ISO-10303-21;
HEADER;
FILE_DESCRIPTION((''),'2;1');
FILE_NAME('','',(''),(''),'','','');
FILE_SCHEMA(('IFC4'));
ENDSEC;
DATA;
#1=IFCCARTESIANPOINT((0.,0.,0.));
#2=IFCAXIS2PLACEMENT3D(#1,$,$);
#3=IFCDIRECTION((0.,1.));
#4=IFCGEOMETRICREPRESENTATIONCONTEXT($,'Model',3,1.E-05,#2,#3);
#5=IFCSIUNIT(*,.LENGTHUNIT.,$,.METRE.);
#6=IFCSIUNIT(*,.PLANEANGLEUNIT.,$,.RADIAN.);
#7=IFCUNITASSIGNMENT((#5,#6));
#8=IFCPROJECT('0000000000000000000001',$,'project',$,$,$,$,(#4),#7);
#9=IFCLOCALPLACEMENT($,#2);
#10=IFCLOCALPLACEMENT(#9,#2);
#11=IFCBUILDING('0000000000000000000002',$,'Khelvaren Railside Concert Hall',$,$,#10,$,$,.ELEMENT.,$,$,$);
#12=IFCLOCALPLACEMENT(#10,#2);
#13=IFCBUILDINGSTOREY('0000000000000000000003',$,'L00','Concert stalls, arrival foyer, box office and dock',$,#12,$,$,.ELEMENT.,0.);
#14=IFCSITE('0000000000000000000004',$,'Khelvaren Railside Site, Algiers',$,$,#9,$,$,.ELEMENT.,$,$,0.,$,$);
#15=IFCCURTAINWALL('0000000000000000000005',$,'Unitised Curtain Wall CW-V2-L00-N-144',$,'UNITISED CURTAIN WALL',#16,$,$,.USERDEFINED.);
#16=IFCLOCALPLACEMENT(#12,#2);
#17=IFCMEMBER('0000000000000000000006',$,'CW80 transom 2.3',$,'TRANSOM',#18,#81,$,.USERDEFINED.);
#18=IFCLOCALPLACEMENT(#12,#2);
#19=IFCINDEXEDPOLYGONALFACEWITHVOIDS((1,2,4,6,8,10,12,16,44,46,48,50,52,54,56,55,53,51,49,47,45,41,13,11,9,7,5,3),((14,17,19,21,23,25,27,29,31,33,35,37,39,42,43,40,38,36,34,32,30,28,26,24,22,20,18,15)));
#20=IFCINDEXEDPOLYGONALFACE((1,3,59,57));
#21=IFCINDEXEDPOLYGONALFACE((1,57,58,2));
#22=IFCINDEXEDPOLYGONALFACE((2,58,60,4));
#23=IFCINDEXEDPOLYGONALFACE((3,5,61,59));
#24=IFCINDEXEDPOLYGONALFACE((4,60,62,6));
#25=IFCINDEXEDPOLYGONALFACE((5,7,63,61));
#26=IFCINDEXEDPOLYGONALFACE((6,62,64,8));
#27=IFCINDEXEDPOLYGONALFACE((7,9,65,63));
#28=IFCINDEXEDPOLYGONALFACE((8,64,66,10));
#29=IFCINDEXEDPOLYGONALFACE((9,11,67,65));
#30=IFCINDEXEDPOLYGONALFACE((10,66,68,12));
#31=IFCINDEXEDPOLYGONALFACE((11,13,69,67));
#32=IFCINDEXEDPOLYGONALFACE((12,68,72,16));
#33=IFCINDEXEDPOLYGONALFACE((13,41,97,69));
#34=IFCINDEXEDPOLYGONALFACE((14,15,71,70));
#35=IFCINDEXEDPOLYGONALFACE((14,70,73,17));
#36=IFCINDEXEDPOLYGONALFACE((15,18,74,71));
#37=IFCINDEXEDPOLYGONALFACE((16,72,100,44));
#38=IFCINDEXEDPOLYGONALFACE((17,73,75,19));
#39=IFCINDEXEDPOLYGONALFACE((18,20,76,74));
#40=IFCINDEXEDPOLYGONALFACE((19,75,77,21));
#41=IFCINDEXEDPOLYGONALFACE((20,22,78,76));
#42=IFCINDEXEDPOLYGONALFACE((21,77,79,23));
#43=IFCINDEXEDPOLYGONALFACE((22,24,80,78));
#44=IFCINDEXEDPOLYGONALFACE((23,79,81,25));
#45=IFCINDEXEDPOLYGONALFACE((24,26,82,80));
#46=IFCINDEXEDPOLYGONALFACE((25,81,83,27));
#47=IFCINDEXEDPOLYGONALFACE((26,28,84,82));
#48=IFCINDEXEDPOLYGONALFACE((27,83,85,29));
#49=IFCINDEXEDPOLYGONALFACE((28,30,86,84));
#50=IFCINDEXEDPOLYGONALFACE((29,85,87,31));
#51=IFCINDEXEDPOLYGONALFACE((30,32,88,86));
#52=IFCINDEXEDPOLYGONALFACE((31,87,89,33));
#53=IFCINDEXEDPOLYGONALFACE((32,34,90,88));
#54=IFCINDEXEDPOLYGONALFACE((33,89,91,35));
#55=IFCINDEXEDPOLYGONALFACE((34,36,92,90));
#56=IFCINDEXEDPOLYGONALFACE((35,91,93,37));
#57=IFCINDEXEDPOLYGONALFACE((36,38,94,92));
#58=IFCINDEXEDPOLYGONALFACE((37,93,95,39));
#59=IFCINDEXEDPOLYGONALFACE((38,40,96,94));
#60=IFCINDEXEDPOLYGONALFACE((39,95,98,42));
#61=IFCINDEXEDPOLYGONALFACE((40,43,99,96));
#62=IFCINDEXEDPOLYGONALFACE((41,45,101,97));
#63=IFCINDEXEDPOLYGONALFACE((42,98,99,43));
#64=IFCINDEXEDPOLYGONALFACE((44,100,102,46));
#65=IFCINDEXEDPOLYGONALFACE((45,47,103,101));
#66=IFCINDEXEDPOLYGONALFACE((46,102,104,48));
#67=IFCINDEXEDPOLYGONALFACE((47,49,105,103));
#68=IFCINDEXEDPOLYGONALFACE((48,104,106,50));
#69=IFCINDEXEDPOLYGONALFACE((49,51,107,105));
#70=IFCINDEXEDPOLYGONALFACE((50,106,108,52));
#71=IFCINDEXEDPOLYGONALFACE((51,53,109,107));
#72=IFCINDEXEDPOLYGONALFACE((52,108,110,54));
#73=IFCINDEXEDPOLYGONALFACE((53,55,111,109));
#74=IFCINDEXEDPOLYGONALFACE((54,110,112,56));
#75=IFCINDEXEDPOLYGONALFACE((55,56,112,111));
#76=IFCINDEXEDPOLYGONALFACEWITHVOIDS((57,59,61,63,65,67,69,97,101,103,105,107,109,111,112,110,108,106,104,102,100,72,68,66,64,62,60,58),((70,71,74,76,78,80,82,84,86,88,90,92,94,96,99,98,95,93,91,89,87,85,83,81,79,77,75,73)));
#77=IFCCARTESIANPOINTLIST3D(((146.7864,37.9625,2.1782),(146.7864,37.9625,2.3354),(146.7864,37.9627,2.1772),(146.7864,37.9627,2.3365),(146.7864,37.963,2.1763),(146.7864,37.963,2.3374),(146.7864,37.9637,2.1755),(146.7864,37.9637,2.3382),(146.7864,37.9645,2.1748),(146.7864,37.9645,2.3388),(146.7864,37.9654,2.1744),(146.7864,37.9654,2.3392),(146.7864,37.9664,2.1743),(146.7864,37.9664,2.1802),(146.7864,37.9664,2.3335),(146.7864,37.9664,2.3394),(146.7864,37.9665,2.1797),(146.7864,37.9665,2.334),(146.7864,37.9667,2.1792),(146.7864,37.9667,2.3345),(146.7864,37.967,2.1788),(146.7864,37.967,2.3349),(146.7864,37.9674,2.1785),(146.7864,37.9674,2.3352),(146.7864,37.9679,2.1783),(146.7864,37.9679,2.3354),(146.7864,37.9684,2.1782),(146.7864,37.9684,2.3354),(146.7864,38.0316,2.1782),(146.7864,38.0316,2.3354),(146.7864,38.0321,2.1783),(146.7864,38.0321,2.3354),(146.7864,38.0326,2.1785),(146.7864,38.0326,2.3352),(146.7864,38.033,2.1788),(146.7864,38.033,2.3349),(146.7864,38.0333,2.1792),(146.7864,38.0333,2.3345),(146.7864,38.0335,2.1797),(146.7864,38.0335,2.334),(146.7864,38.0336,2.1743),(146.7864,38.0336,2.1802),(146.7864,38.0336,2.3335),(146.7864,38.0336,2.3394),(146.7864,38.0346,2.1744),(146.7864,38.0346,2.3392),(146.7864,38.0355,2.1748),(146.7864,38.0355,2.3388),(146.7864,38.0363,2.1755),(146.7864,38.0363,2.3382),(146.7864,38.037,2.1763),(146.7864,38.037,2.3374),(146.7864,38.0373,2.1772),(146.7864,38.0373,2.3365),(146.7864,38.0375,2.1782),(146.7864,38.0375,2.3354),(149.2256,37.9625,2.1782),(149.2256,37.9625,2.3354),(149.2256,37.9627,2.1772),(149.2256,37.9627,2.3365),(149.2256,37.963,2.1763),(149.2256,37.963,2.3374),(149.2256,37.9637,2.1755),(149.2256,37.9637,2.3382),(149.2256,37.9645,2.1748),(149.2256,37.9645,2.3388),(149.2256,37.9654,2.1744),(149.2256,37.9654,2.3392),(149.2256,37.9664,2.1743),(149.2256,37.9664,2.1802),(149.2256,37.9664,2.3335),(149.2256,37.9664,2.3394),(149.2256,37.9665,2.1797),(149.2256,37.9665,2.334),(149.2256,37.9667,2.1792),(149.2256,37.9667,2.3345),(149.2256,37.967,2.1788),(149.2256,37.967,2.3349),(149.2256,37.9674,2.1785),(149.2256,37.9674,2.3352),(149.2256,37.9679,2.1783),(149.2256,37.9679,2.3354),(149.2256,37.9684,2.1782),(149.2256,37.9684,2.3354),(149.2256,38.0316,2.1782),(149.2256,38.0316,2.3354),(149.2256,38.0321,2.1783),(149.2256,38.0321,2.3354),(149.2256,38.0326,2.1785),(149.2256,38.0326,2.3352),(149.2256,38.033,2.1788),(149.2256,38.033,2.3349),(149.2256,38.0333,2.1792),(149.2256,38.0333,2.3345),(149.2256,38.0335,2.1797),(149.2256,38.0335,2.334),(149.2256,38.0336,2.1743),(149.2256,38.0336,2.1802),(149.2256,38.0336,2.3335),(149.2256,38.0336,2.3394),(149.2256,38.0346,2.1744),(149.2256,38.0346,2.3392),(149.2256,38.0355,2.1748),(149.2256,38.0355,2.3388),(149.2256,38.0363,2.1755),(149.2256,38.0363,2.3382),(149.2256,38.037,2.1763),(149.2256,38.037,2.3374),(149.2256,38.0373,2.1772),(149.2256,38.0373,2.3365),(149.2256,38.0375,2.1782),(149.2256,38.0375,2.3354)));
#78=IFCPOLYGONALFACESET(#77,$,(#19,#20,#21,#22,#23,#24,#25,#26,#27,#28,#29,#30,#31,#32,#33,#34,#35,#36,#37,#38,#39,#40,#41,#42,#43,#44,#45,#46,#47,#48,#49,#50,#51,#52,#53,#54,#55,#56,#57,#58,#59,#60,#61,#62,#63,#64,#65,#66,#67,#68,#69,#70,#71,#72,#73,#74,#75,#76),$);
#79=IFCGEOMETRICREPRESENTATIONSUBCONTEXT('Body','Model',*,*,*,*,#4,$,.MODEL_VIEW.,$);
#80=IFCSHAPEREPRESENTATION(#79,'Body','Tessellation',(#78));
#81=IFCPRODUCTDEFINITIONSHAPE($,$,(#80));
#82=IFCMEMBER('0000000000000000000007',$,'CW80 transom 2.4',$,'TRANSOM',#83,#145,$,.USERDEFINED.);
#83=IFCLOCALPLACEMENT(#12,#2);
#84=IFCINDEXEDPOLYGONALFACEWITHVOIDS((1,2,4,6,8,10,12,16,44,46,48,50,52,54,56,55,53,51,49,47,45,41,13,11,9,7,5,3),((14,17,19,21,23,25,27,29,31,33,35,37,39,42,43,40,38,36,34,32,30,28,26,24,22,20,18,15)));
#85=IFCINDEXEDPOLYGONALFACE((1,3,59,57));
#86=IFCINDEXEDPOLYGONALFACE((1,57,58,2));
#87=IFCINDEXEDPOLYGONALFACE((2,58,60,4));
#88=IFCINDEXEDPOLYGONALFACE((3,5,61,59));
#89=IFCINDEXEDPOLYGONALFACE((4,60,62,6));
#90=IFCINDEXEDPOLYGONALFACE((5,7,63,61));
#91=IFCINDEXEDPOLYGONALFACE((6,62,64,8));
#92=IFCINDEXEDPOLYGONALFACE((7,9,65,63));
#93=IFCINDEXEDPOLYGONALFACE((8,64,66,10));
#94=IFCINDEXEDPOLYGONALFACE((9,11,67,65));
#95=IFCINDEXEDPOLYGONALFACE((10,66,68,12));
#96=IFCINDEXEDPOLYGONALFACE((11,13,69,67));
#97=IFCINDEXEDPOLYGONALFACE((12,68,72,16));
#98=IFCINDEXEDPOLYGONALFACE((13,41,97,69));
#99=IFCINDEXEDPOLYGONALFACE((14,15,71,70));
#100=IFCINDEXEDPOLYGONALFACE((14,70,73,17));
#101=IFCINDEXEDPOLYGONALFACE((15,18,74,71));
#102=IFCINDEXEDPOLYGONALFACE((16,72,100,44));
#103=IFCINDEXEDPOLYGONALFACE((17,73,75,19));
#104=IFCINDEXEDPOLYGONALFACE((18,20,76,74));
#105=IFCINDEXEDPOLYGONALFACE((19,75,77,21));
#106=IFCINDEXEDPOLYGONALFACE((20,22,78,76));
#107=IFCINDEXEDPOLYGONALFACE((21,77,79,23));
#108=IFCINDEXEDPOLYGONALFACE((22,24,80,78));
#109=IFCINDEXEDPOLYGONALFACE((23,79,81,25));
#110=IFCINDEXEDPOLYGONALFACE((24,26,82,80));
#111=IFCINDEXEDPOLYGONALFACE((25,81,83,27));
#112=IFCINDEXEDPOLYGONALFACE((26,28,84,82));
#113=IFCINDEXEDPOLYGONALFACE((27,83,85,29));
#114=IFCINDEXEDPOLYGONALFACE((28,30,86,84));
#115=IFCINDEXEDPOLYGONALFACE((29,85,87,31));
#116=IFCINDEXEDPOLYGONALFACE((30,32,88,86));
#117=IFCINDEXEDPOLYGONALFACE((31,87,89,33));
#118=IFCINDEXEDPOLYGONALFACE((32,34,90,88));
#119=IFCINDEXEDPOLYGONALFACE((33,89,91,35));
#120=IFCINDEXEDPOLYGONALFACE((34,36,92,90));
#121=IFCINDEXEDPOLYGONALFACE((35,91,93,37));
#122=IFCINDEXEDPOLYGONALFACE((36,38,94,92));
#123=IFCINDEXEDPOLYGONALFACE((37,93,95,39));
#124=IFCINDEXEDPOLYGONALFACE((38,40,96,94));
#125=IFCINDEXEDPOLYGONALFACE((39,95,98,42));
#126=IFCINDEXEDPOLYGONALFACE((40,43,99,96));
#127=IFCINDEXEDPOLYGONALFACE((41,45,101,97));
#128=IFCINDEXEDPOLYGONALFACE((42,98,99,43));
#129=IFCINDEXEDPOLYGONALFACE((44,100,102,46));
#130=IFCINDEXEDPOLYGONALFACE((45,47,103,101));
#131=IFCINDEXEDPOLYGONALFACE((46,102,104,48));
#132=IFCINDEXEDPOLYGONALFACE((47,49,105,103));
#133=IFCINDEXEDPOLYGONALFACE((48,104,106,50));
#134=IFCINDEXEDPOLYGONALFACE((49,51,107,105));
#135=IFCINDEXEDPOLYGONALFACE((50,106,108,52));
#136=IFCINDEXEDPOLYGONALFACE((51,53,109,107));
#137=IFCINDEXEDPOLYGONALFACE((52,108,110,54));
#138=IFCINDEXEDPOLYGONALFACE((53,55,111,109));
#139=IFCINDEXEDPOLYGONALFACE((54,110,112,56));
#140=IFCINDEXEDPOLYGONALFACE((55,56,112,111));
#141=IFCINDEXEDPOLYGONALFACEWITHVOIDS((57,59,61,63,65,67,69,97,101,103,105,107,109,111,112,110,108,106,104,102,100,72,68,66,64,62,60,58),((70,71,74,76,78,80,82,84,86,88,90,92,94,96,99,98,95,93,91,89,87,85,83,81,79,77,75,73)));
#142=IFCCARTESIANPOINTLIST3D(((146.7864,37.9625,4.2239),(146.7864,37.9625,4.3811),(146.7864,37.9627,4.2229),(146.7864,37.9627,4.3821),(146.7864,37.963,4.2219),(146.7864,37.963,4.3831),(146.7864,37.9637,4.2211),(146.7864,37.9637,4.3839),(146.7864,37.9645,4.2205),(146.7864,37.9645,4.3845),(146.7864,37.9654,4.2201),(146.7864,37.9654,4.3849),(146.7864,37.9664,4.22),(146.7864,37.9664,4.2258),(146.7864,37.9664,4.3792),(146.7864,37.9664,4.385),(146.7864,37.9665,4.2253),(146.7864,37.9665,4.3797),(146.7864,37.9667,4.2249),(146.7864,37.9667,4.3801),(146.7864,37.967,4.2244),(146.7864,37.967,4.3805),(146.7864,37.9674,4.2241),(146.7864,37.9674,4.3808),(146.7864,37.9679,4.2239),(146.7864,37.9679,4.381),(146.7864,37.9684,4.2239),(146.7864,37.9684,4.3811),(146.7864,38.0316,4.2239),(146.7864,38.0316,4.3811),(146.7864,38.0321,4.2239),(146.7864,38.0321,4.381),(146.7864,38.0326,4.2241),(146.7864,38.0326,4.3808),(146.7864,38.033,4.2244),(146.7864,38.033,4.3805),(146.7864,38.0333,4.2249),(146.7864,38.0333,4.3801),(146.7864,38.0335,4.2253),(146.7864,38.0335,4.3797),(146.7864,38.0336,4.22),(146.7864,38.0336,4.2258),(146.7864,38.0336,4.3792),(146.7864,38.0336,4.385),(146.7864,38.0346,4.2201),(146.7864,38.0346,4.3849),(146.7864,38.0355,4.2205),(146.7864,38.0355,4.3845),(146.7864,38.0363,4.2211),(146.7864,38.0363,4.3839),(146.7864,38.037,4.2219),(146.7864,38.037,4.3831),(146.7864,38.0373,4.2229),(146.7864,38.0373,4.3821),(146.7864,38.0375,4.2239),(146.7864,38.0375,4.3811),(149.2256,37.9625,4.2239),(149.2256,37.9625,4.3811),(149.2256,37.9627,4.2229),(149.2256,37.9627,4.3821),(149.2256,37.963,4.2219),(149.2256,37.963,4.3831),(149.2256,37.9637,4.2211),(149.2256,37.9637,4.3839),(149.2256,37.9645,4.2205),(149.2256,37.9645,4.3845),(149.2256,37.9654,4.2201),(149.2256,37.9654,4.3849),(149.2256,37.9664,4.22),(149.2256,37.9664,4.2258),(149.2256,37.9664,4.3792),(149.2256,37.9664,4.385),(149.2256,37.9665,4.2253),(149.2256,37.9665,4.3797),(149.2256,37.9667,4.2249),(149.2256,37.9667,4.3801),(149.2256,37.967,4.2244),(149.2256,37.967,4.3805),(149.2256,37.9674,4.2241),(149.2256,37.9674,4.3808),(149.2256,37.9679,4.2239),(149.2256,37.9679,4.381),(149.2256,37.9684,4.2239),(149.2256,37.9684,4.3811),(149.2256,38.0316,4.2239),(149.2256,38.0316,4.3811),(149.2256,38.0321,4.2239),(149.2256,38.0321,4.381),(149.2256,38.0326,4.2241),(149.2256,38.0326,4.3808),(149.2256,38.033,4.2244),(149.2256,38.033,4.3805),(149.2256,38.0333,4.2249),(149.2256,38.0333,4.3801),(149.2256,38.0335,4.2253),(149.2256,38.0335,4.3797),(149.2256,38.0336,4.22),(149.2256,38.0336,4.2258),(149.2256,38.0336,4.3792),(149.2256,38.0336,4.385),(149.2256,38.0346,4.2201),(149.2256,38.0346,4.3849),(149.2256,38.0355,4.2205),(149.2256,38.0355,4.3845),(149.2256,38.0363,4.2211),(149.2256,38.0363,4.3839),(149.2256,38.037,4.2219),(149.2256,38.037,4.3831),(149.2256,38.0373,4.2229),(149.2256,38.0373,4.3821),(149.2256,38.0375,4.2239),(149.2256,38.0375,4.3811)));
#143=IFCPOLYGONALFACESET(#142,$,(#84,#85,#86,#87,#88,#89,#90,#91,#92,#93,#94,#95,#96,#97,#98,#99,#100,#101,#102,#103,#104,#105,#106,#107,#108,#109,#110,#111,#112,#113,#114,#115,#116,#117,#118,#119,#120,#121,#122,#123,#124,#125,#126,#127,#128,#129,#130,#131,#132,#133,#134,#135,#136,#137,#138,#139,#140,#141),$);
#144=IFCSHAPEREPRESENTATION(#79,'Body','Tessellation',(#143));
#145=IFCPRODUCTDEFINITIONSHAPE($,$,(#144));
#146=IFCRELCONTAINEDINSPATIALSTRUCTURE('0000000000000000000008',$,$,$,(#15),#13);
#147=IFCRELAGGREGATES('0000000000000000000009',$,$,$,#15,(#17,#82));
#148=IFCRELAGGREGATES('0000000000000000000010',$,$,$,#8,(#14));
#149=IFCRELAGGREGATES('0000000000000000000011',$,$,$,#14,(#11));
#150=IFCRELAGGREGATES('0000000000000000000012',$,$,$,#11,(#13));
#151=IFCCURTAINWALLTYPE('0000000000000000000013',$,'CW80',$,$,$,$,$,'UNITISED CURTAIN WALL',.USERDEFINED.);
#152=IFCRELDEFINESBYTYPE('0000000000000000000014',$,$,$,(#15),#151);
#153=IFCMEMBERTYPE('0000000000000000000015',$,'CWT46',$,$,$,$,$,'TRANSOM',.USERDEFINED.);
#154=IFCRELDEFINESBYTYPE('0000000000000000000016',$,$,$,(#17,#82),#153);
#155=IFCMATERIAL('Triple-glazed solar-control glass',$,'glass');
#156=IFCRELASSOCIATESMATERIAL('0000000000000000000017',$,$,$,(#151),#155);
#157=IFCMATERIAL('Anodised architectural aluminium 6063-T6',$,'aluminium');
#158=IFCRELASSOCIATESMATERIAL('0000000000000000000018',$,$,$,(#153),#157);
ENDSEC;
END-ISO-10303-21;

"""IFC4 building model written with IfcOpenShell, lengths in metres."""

from ifc_helpers import new_model, si_unit, direction, frame, origin, origin_2d, place, context, subcontext, project, spatial, hollow_rectangle, extrude, material, material_profile, profile_set, type_object, element, aggregate, save


model = new_model("IFC4")

# Units and contexts
model_context = context("Model", 3, precision=1e-05, world=origin(), true_north=direction((0.0, 1.0)))
body_context = subcontext(model_context, "Body", "Model", "MODEL_VIEW")
ifc_project = project(units=[si_unit("LENGTHUNIT", "METRE"), si_unit("PLANEANGLEUNIT", "RADIAN")], contexts=[model_context])

# Site, building, storey
site_placement = place(None, origin())
site = spatial("IfcSite", under=ifc_project, at=site_placement, Name="Khelvaren Railside Site, Algiers", CompositionType="ELEMENT", RefElevation=0.0)
building_placement = place(site_placement, origin())
building = spatial("IfcBuilding", under=site, at=building_placement, Name="Khelvaren Railside Concert Hall", CompositionType="ELEMENT")
storey_placement = place(building_placement, origin())
storey = spatial("IfcBuildingStorey", under=building, at=storey_placement, Name="L00", Description="Concert stalls, arrival foyer, box office and dock", CompositionType="ELEMENT", Elevation=0.0)

# Curtain wall
ifc_material_1 = material(Name="Triple-glazed solar-control glass", Category="glass")
curtain_wall_type_1 = type_object("IfcCurtainWallType", Name="CW80", ElementType="UNITISED CURTAIN WALL", PredefinedType="USERDEFINED", material=ifc_material_1)
curtain_wall_1_placement = place(storey_placement, origin())
curtain_wall_1 = element("IfcCurtainWall", 1, at=curtain_wall_1_placement, inside=storey, type_object=curtain_wall_type_1, Name="Unitised Curtain Wall CW-V2-L00-N-144", ObjectType="UNITISED CURTAIN WALL", PredefinedType="USERDEFINED")
ifc_material_2 = material(Name="Anodised architectural aluminium 6063-T6", Category="aluminium")

# Members
ifc_material_profile_1 = material_profile(ifc_material_2, hollow_rectangle(XDim=0.075, YDim=0.165, WallThickness=0.0039, InnerFilletRadius=0.002, OuterFilletRadius=0.0039, at=origin_2d()), Name="CWT 75x165x4")
ifc_profile_set_1 = profile_set([ifc_material_profile_1], Name="Anodised architectural aluminium 6063-T6")
member_type_1 = type_object("IfcMemberType", Name="CWT46", ElementType="TRANSOM", PredefinedType="USERDEFINED", material=ifc_profile_set_1)
member_1_placement = place(storey_placement, frame((146.7864, 38.0, 2.2568), z_axis=(1.0, 0.0, 0.0), x_axis=(0.0, 1.0, 0.0)))
member_1 = element("IfcMember", 2, at=member_1_placement, type_object=member_type_1, Name="CW80 transom 2.3", ObjectType="TRANSOM", PredefinedType="USERDEFINED", context=body_context, shape_type="SweptSolid", body=[
    extrude(hollow_rectangle(XDim=0.075, YDim=0.165, WallThickness=0.0039, InnerFilletRadius=0.002, OuterFilletRadius=0.0039, at=origin_2d()), origin(), (0.0, 0.0, 1.0), 2.4392),
])
member_2_placement = place(storey_placement, frame((146.7864, 38.0, 4.3025), z_axis=(1.0, 0.0, 0.0), x_axis=(0.0, 1.0, 0.0)))
member_2 = element("IfcMember", 3, at=member_2_placement, type_object=member_type_1, Name="CW80 transom 2.4", ObjectType="TRANSOM", PredefinedType="USERDEFINED", context=body_context, shape_type="SweptSolid", body=[
    extrude(hollow_rectangle(XDim=0.075, YDim=0.165, WallThickness=0.0039, InnerFilletRadius=0.002, OuterFilletRadius=0.0039, at=origin_2d()), origin(), (0.0, 0.0, 1.0), 2.4392),
])

aggregate(curtain_wall_1, [member_1, member_2])

save(model, "model.ifc")
